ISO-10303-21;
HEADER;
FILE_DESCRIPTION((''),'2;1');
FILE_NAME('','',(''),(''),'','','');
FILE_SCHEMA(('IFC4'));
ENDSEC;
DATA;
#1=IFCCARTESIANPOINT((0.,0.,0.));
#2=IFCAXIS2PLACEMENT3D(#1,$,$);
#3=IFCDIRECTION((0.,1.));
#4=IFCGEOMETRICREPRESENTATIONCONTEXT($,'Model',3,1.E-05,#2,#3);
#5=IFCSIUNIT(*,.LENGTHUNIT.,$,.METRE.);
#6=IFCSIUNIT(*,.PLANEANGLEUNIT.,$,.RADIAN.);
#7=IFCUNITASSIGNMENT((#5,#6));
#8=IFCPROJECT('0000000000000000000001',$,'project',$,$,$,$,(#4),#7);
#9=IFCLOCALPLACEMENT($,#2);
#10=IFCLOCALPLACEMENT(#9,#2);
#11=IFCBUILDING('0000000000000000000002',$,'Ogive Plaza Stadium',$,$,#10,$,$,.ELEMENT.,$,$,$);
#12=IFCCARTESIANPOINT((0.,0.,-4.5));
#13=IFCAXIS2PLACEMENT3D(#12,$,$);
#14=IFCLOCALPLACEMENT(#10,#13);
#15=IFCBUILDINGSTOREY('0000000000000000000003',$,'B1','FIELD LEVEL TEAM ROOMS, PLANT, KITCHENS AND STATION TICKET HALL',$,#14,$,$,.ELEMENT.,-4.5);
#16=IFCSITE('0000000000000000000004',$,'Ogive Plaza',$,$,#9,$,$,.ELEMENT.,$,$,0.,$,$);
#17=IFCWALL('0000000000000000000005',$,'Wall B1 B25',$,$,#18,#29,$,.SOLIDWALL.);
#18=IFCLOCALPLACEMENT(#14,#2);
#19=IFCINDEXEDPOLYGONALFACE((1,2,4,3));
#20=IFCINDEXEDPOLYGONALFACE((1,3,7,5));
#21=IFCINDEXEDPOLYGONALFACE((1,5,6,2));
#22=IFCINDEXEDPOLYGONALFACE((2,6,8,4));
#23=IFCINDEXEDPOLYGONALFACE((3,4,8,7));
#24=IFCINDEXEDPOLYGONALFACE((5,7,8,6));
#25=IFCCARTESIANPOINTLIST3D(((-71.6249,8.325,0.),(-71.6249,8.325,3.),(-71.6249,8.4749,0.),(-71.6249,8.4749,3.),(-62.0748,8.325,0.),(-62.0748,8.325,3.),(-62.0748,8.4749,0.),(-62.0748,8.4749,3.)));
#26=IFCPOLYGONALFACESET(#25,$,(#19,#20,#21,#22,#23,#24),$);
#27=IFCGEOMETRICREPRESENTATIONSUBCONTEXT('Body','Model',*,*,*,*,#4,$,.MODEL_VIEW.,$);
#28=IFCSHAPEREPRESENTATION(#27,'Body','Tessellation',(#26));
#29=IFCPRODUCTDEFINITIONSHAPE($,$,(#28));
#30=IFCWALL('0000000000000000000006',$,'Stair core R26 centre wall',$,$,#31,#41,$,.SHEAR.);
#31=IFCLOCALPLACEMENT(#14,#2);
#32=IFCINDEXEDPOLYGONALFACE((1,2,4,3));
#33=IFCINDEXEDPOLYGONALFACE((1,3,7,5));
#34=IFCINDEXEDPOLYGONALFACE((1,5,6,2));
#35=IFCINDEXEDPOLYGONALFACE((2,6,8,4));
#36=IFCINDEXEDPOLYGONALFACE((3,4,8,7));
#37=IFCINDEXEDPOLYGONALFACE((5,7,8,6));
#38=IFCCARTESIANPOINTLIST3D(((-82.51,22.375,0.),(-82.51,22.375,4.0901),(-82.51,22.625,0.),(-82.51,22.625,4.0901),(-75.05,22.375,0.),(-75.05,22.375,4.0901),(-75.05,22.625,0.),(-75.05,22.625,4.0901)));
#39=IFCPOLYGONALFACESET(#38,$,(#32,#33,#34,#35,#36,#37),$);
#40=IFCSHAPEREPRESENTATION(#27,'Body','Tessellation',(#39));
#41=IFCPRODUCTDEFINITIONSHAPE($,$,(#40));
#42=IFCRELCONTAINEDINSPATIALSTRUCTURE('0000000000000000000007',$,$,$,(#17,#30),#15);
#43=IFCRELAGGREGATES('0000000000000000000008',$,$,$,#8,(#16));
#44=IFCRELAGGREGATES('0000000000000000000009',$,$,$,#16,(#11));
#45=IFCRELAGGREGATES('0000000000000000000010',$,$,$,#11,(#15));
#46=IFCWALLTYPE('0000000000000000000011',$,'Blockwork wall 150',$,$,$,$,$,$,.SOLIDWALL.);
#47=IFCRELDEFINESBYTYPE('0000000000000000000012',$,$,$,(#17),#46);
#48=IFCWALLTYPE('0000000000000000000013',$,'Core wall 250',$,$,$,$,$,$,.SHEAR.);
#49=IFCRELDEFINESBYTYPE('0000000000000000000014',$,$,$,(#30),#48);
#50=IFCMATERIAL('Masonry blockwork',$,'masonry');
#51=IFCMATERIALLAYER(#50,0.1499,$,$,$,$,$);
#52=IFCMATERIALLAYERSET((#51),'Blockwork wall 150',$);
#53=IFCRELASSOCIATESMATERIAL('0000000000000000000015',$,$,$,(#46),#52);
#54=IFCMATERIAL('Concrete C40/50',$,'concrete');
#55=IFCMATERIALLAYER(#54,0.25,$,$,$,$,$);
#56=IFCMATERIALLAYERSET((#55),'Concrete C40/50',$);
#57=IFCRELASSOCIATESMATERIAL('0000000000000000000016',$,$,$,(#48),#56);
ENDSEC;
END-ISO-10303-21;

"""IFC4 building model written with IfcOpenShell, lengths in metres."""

from ifc_helpers import new_model, si_unit, direction, frame, frame_2d, origin, place, context, subcontext, project, spatial, rectangle, extrude, material, layer, layer_set, type_object, element, save


model = new_model("IFC4")

# Units and contexts
model_context = context("Model", 3, precision=1e-05, world=origin(), true_north=direction((0.0, 1.0)))
body_context = subcontext(model_context, "Body", "Model", "MODEL_VIEW")
ifc_project = project(units=[si_unit("LENGTHUNIT", "METRE"), si_unit("PLANEANGLEUNIT", "RADIAN")], contexts=[model_context])

# Site, building, storey
site_placement = place(None, origin())
site = spatial("IfcSite", under=ifc_project, at=site_placement, Name="Ogive Plaza", CompositionType="ELEMENT", RefElevation=0.0)
building_placement = place(site_placement, origin())
building = spatial("IfcBuilding", under=site, at=building_placement, Name="Ogive Plaza Stadium", CompositionType="ELEMENT")
storey_placement = place(building_placement, frame((0.0, 0.0, -4.5)))
storey = spatial("IfcBuildingStorey", under=building, at=storey_placement, Name="B1", Description="FIELD LEVEL TEAM ROOMS, PLANT, KITCHENS AND STATION TICKET HALL", CompositionType="ELEMENT", Elevation=-4.5)

# Shared definitions
ifc_material_1 = material(Name="Masonry blockwork", Category="masonry")
ifc_layer_1 = layer(ifc_material_1, 0.1499)
ifc_layer_set_1 = layer_set([ifc_layer_1], Name="Blockwork wall 150")
wall_type_1 = type_object("IfcWallType", Name="Blockwork wall 150", PredefinedType="SOLIDWALL", material=ifc_layer_set_1)

# Walls
for number, where, z_axis, x_axis, name in (
    (1, (-62.075, 8.3999, 0.0), (0.0, 0.0, 1.0), (-1.0, 0.0, 0.0), "Wall B1 B25"),
):
    element("IfcWall", number, at=place(storey_placement, frame(where, z_axis=z_axis, x_axis=x_axis)), inside=storey, type_object=wall_type_1, Name=name, PredefinedType="SOLIDWALL", context=body_context, shape_type="SweptSolid", body=[
        extrude(rectangle(XDim=9.55, YDim=0.1499, at=frame_2d((4.7749, 0.0))), origin(), (0.0, 0.0, 1.0), 3.0),
    ])
ifc_material_2 = material(Name="Concrete C40/50", Category="concrete")
ifc_layer_2 = layer(ifc_material_2, 0.25)
ifc_layer_set_2 = layer_set([ifc_layer_2], Name="Concrete C40/50")
wall_type_2 = type_object("IfcWallType", Name="Core wall 250", PredefinedType="SHEAR", material=ifc_layer_set_2)
wall_1_placement = place(storey_placement, frame((-75.05, 22.5, 0.0), z_axis=(0.0, 0.0, 1.0), x_axis=(-1.0, 0.0, 0.0)))
element("IfcWall", 2, at=wall_1_placement, inside=storey, type_object=wall_type_2, Name="Stair core R26 centre wall", PredefinedType="SHEAR", context=body_context, shape_type="SweptSolid", body=[
    extrude(rectangle(XDim=7.46, YDim=0.25, at=frame_2d((3.73, 0.0))), origin(), (0.0, 0.0, 1.0), 4.0901),
])

save(model, "model.ifc")
